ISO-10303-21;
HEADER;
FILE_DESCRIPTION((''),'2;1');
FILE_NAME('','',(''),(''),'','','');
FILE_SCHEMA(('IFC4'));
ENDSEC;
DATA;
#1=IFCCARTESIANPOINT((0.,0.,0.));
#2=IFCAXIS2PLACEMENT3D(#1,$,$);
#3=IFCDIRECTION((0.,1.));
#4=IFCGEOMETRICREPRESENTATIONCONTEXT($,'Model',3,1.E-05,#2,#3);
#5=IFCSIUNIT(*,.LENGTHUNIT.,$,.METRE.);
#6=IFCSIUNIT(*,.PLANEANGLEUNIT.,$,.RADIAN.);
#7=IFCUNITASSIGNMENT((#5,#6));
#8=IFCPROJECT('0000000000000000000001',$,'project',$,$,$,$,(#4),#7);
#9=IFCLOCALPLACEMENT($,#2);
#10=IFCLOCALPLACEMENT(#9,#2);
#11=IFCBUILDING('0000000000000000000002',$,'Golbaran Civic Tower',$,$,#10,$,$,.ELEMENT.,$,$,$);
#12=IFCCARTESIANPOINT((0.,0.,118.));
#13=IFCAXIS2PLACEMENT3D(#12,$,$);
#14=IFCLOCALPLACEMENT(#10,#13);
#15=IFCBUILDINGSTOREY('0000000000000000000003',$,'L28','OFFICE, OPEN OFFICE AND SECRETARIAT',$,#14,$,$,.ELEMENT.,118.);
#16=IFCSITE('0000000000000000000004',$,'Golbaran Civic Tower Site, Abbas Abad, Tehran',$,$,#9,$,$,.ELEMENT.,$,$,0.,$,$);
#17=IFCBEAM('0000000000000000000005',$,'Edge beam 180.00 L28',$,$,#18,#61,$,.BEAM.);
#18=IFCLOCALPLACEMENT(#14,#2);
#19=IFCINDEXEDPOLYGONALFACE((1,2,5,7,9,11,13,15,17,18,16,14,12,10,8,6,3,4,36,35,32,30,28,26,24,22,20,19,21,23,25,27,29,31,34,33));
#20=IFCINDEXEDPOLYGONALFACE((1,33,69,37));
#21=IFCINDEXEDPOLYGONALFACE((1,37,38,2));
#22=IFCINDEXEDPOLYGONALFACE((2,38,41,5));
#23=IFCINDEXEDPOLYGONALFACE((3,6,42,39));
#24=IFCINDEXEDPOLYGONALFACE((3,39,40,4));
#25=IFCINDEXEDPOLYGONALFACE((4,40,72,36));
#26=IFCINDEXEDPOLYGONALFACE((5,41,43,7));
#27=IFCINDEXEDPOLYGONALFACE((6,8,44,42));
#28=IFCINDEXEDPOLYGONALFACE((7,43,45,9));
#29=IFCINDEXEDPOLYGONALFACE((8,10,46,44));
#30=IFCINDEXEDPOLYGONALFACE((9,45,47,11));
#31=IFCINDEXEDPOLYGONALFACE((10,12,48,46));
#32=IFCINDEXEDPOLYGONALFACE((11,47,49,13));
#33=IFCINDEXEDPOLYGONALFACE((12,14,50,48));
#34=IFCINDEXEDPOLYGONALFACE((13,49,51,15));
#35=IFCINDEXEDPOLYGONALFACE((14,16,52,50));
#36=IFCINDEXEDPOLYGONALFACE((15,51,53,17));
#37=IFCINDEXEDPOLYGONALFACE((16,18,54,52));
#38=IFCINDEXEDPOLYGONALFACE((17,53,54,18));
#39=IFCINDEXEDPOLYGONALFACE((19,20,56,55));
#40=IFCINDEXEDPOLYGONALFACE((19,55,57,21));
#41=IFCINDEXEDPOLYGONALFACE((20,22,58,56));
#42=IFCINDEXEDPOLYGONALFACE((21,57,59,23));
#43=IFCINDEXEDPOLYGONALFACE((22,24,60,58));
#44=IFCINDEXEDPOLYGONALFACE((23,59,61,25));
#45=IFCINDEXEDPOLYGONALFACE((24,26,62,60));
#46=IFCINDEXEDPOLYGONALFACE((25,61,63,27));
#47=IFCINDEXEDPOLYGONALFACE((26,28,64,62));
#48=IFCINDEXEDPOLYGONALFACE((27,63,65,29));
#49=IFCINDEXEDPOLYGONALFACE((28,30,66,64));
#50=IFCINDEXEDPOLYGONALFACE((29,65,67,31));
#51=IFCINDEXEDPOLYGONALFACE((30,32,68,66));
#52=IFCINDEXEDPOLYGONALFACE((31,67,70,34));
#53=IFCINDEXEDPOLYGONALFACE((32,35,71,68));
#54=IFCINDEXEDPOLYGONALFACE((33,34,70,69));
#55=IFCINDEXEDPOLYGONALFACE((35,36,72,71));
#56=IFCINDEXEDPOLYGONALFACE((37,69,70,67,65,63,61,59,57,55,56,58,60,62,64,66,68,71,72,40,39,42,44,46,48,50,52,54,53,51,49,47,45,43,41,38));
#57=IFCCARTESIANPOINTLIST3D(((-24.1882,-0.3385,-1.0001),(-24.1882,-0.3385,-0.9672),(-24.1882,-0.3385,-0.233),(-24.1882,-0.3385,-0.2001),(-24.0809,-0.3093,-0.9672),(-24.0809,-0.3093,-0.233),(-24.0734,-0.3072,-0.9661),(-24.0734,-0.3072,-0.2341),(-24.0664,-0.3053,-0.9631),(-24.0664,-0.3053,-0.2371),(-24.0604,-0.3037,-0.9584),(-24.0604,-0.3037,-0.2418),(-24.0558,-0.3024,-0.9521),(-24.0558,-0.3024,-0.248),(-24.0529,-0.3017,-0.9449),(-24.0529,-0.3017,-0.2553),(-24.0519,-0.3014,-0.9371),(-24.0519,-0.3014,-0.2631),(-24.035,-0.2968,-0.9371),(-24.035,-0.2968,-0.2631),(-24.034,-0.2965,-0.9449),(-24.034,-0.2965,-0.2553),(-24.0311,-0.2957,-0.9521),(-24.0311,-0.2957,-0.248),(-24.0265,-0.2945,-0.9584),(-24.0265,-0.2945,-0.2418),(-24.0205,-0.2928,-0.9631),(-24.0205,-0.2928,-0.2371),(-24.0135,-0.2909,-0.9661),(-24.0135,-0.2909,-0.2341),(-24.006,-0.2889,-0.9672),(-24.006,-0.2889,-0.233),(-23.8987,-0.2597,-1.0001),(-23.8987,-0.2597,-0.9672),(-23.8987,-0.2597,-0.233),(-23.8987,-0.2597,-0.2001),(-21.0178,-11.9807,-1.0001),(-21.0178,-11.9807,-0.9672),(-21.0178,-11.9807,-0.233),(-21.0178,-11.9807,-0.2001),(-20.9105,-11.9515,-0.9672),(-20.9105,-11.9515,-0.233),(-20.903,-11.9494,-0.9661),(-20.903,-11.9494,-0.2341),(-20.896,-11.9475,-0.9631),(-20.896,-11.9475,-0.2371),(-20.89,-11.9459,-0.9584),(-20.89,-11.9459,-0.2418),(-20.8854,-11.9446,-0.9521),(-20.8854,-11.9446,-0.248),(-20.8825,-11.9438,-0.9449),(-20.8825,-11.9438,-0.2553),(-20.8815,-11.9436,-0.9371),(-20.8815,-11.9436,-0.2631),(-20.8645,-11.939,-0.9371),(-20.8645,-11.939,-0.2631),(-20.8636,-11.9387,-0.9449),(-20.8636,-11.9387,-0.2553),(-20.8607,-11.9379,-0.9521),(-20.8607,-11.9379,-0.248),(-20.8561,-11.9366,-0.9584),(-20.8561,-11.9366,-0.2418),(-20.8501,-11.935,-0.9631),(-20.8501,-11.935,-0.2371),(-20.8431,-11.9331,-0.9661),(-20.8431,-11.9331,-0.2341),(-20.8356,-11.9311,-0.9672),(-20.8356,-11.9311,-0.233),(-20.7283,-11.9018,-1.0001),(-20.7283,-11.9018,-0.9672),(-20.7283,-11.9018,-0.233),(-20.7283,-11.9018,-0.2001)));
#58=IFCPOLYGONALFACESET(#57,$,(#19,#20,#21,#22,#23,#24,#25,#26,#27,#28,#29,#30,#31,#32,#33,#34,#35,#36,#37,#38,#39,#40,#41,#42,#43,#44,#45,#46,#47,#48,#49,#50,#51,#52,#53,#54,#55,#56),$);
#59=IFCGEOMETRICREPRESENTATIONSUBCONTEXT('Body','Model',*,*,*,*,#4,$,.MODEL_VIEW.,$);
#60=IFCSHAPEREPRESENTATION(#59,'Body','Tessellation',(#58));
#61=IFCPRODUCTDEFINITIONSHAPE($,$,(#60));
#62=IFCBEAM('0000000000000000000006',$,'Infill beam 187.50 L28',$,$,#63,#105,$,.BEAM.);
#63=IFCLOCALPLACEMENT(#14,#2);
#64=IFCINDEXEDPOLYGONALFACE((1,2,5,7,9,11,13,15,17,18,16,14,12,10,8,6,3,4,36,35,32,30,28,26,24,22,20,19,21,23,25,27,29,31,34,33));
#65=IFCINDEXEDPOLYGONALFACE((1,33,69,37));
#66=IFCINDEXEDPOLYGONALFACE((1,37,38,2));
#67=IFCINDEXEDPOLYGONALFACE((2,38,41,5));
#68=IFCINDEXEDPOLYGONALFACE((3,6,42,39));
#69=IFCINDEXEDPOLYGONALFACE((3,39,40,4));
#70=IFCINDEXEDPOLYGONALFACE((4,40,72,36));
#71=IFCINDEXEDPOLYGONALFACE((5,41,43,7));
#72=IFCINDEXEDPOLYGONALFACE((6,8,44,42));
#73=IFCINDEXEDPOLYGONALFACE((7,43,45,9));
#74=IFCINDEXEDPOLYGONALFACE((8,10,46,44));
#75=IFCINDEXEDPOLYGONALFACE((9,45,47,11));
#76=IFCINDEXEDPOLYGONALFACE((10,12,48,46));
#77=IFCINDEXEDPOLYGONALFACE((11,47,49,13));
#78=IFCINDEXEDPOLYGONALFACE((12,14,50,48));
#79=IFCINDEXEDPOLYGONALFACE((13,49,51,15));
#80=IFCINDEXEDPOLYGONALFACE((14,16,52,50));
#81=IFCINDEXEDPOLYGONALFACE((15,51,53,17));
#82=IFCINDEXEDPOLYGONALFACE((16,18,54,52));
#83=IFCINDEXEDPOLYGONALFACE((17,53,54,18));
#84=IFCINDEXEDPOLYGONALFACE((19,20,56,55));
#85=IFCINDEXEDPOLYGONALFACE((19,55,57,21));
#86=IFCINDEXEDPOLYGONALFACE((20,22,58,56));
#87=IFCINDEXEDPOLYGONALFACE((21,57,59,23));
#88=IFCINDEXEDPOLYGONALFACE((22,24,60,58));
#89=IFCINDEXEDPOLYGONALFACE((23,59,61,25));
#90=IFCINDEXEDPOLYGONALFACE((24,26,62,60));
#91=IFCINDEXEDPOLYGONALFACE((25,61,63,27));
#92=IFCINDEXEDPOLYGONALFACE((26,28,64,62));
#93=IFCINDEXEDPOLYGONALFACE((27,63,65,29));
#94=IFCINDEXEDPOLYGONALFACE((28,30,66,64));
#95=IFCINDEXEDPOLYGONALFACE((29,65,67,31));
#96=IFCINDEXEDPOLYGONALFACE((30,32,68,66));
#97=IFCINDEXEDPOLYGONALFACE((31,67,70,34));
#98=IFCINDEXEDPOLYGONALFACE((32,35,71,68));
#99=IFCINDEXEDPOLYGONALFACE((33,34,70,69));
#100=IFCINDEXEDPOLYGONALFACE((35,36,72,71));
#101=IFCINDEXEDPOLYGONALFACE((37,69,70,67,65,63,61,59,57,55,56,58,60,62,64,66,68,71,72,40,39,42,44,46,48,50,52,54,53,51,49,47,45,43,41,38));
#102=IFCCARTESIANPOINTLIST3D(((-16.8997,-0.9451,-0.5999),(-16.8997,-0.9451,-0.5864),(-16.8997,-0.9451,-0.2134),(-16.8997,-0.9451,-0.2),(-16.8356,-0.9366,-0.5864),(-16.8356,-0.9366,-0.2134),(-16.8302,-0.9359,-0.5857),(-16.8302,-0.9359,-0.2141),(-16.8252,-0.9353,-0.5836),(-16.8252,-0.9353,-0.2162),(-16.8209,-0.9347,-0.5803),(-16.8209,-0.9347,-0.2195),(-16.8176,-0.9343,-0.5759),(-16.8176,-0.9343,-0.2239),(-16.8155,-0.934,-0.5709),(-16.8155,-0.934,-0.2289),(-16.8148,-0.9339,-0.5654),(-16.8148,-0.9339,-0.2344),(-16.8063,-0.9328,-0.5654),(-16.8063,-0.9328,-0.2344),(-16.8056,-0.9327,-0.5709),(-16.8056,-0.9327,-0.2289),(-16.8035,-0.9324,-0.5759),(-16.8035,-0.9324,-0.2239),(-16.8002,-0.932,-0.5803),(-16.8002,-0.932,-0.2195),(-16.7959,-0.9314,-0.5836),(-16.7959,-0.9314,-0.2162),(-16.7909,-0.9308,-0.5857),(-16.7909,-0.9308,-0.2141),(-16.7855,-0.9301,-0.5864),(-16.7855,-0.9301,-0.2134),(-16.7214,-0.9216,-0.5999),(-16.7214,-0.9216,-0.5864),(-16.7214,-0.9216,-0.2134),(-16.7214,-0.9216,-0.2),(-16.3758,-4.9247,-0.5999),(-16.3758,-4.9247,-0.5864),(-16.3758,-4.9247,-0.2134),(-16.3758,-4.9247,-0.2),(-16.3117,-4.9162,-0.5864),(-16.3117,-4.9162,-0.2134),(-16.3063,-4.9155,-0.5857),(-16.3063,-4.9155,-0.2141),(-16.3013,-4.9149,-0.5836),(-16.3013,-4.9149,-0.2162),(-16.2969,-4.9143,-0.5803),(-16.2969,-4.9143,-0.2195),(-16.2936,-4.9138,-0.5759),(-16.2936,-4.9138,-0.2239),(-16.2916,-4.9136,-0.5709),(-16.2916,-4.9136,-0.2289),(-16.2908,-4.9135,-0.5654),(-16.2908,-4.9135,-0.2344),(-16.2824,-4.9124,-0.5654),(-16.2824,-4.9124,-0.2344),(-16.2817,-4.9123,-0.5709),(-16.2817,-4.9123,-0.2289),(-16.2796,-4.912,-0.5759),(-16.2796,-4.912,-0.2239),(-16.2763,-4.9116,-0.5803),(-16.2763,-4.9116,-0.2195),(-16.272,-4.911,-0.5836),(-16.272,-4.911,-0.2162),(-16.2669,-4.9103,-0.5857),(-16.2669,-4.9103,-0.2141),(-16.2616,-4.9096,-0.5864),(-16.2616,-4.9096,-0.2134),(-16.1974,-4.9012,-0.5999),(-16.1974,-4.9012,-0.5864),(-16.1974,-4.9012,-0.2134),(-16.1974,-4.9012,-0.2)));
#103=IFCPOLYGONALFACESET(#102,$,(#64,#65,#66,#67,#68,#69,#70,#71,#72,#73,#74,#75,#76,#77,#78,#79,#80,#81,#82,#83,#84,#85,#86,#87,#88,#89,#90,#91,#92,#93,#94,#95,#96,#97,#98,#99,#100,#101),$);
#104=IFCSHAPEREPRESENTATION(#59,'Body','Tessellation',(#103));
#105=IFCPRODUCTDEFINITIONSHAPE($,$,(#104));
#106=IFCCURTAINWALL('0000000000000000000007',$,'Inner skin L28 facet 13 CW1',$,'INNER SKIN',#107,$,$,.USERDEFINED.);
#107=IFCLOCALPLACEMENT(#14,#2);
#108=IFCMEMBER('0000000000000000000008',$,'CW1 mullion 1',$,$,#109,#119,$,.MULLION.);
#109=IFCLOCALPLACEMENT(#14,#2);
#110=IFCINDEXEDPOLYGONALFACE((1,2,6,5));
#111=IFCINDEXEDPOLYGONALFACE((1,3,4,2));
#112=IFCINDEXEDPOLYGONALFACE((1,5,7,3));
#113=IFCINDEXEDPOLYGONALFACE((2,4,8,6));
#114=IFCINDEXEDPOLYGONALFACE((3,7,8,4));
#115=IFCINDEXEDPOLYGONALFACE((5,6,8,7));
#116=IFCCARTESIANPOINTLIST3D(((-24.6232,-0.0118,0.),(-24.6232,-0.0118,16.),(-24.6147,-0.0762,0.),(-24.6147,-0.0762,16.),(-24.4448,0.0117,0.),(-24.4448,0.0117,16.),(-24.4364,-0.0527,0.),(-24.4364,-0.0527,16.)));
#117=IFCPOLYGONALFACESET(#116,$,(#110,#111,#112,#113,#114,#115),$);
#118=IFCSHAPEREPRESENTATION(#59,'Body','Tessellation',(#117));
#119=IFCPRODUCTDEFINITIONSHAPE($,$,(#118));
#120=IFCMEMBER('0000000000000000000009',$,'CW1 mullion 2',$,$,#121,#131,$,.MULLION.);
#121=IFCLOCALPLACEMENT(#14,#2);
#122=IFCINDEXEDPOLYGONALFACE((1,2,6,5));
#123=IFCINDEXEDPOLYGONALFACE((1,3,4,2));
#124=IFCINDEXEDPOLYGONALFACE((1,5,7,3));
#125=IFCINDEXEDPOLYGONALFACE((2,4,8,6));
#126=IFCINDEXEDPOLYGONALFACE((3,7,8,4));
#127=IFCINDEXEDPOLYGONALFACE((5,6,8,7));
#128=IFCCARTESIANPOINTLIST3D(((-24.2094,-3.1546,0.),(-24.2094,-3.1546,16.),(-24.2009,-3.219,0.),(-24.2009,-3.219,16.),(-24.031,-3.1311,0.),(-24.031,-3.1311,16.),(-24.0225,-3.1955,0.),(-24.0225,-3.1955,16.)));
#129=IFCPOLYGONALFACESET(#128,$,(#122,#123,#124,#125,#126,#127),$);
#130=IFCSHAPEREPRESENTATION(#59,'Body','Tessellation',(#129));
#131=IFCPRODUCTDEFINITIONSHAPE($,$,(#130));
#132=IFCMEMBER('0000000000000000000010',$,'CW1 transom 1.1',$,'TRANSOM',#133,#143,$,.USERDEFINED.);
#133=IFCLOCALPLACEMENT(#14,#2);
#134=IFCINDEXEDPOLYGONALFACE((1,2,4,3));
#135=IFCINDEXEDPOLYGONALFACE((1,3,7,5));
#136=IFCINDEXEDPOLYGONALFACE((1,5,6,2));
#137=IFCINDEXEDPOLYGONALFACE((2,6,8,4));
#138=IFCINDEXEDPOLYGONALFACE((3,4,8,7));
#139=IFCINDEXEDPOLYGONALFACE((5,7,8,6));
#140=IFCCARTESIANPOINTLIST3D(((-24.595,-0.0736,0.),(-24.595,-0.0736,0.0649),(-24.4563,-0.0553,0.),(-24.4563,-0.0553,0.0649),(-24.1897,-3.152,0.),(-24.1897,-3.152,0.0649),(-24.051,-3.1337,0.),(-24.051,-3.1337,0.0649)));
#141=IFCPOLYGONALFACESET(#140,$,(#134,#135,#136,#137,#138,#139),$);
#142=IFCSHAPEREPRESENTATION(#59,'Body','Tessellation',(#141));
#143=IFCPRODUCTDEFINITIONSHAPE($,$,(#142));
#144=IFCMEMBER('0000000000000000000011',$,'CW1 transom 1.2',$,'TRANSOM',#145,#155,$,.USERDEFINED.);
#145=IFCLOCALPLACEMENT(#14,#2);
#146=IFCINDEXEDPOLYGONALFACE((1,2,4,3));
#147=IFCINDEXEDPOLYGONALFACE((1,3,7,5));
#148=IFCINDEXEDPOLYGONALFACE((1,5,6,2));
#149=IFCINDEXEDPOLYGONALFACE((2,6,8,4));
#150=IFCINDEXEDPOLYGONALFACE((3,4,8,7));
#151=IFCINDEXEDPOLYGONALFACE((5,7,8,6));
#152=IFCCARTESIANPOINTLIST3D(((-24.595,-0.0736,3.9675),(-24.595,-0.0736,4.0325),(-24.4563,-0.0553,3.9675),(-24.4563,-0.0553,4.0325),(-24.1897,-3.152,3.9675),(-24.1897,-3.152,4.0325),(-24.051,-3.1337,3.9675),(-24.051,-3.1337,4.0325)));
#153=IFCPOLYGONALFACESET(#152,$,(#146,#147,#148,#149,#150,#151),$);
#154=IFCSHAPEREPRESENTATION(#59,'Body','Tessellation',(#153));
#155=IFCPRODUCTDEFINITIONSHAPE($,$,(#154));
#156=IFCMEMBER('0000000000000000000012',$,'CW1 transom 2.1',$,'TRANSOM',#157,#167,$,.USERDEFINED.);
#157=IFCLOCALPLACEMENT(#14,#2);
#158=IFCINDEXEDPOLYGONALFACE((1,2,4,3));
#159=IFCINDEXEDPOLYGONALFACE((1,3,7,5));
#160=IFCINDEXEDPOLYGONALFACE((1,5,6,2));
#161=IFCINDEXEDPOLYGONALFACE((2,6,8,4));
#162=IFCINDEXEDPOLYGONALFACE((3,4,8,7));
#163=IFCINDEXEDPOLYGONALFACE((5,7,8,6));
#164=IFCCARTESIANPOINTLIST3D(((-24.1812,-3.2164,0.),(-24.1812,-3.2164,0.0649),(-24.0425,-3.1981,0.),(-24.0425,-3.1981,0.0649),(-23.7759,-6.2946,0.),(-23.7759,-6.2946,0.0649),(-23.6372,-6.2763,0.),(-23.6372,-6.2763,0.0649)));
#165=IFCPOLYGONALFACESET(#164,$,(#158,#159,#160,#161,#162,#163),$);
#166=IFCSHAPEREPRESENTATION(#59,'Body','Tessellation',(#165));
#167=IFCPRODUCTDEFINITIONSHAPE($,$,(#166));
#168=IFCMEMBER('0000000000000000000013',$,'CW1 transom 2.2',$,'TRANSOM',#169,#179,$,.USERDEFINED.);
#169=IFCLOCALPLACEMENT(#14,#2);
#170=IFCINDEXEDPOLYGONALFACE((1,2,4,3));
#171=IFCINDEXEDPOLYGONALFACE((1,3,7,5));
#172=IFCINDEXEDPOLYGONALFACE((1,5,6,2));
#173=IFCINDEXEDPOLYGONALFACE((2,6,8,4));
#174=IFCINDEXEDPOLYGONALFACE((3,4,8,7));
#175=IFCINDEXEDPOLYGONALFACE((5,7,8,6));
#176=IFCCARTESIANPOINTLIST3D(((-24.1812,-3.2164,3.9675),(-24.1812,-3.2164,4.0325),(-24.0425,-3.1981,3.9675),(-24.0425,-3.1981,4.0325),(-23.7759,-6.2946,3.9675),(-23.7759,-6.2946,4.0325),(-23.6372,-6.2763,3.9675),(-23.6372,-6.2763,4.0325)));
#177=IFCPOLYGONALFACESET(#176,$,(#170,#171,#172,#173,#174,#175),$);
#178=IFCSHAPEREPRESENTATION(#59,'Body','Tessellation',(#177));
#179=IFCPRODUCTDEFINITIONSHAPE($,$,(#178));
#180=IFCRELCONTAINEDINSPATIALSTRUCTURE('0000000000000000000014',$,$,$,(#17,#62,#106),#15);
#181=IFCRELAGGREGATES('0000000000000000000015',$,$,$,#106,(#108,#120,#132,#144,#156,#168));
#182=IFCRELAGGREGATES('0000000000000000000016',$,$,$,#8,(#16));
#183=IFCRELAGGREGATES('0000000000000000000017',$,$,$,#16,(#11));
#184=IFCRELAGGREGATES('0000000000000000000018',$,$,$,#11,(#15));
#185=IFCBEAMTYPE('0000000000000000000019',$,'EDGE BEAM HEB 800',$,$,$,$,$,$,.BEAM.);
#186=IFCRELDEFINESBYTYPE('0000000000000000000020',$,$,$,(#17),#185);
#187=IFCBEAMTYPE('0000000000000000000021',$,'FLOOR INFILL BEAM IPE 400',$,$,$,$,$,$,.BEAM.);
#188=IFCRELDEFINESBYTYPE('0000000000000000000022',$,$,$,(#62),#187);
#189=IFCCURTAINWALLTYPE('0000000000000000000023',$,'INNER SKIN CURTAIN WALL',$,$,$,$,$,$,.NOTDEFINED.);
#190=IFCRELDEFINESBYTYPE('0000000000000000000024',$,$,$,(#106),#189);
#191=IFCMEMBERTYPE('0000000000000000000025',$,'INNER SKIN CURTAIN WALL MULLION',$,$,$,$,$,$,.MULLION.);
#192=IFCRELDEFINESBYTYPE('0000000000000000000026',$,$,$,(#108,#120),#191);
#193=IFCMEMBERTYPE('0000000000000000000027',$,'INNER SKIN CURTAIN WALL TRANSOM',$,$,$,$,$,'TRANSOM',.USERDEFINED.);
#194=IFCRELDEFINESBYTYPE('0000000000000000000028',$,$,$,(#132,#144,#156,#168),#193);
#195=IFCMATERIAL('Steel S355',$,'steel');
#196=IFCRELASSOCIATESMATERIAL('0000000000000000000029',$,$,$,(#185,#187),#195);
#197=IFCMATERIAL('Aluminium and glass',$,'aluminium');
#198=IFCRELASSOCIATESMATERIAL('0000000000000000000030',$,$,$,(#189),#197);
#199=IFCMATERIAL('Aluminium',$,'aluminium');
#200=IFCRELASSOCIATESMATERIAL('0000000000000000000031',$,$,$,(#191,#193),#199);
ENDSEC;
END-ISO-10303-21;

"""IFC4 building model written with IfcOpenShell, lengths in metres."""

from ifc_helpers import new_model, si_unit, direction, frame, origin, origin_2d, place, context, subcontext, project, spatial, rectangle, i_section, extrude, material, material_profile, profile_set, type_object, element, aggregate, save


model = new_model("IFC4")

# Units and contexts
model_context = context("Model", 3, precision=1e-05, world=origin(), true_north=direction((0.0, 1.0)))
body_context = subcontext(model_context, "Body", "Model", "MODEL_VIEW")
ifc_project = project(units=[si_unit("LENGTHUNIT", "METRE"), si_unit("PLANEANGLEUNIT", "RADIAN")], contexts=[model_context])

# Site, building, storey
site_placement = place(None, origin())
site = spatial("IfcSite", under=ifc_project, at=site_placement, Name="Golbaran Civic Tower Site, Abbas Abad, Tehran", CompositionType="ELEMENT", RefElevation=0.0)
building_placement = place(site_placement, origin())
building = spatial("IfcBuilding", under=site, at=building_placement, Name="Golbaran Civic Tower", CompositionType="ELEMENT")
storey_placement = place(building_placement, frame((0.0, 0.0, 118.0)))
storey = spatial("IfcBuildingStorey", under=building, at=storey_placement, Name="L28", Description="OFFICE, OPEN OFFICE AND SECRETARIAT", CompositionType="ELEMENT", Elevation=118.0)

# Beams
ifc_material_1 = material(Name="Steel S355", Category="steel")
ifc_material_profile_1 = material_profile(ifc_material_1, i_section(OverallWidth=0.3, OverallDepth=0.8, WebThickness=0.0176, FlangeThickness=0.033, FilletRadius=0.03, at=origin_2d()), Name="HEB 800")
ifc_profile_set_1 = profile_set([ifc_material_profile_1], Name="Steel S355")
beam_type_1 = type_object("IfcBeamType", Name="EDGE BEAM HEB 800", PredefinedType="BEAM", material=ifc_profile_set_1)
beam_1_placement = place(storey_placement, frame((-24.0435, -0.2991, -0.6001), z_axis=(0.262754, -0.964863, 0.0), x_axis=(0.964863, 0.262754, 0.0)))
element("IfcBeam", 1, at=beam_1_placement, inside=storey, type_object=beam_type_1, Name="Edge beam 180.00 L28", PredefinedType="BEAM", context=body_context, shape_type="SweptSolid", body=[
    extrude(i_section(OverallWidth=0.3, OverallDepth=0.8, WebThickness=0.0176, FlangeThickness=0.033, FilletRadius=0.03, at=origin_2d()), origin(), (0.0, 0.0, 1.0), 12.0662),
])
ifc_material_profile_2 = material_profile(ifc_material_1, i_section(OverallWidth=0.1799, OverallDepth=0.3999, WebThickness=0.0085, FlangeThickness=0.0134, FilletRadius=0.021, at=origin_2d()), Name="IPE 400")
ifc_profile_set_2 = profile_set([ifc_material_profile_2], Name="Steel S355")
beam_type_2 = type_object("IfcBeamType", Name="FLOOR INFILL BEAM IPE 400", PredefinedType="BEAM", material=ifc_profile_set_2)
beam_2_placement = place(storey_placement, frame((-16.8105, -0.9333, -0.3999), z_axis=(0.13053, -0.991444, 0.0), x_axis=(0.991444, 0.13053, 0.0)))
element("IfcBeam", 2, at=beam_2_placement, inside=storey, type_object=beam_type_2, Name="Infill beam 187.50 L28", PredefinedType="BEAM", context=body_context, shape_type="SweptSolid", body=[
    extrude(i_section(OverallWidth=0.1799, OverallDepth=0.3999, WebThickness=0.0085, FlangeThickness=0.0134, FilletRadius=0.021, at=origin_2d()), origin(), (0.0, 0.0, 1.0), 4.0139),
])

# Curtain wall, members
ifc_material_2 = material(Name="Aluminium and glass", Category="aluminium")
curtain_wall_type_1 = type_object("IfcCurtainWallType", Name="INNER SKIN CURTAIN WALL", PredefinedType="NOTDEFINED", material=ifc_material_2)
curtain_wall_1_placement = place(storey_placement, origin())
curtain_wall_1 = element("IfcCurtainWall", 3, at=curtain_wall_1_placement, inside=storey, type_object=curtain_wall_type_1, Name="Inner skin L28 facet 13 CW1", ObjectType="INNER SKIN", PredefinedType="USERDEFINED")
ifc_material_3 = material(Name="Aluminium", Category="aluminium")
ifc_material_profile_3 = material_profile(ifc_material_3, rectangle(XDim=0.1799, YDim=0.0649, at=origin_2d()), Name="INNER SKIN CURTAIN WALL MULLION")
ifc_profile_set_3 = profile_set([ifc_material_profile_3], Name="Aluminium")
member_type_1 = type_object("IfcMemberType", Name="INNER SKIN CURTAIN WALL MULLION", PredefinedType="MULLION", material=ifc_profile_set_3)
member_1_placement = place(storey_placement, frame((-24.5298, -0.0322, 0.0), z_axis=(0.0, 0.0, 1.0), x_axis=(0.991445, 0.130526, 0.0)))
member_1 = element("IfcMember", 4, at=member_1_placement, type_object=member_type_1, Name="CW1 mullion 1", PredefinedType="MULLION", context=body_context, shape_type="SweptSolid", body=[
    extrude(rectangle(XDim=0.1799, YDim=0.0649, at=origin_2d()), origin(), (0.0, 0.0, 1.0), 16.0),
])
member_2_placement = place(storey_placement, frame((-24.116, -3.175, 0.0), z_axis=(0.0, 0.0, 1.0), x_axis=(0.991445, 0.130526, 0.0)))
member_2 = element("IfcMember", 5, at=member_2_placement, type_object=member_type_1, Name="CW1 mullion 2", PredefinedType="MULLION", context=body_context, shape_type="SweptSolid", body=[
    extrude(rectangle(XDim=0.1799, YDim=0.0649, at=origin_2d()), origin(), (0.0, 0.0, 1.0), 16.0),
])
ifc_material_profile_4 = material_profile(ifc_material_3, rectangle(XDim=0.1399, YDim=0.0649, at=origin_2d()), Name="INNER SKIN CURTAIN WALL TRANSOM")
ifc_profile_set_4 = profile_set([ifc_material_profile_4], Name="Aluminium")
member_type_2 = type_object("IfcMemberType", Name="INNER SKIN CURTAIN WALL TRANSOM", ElementType="TRANSOM", PredefinedType="USERDEFINED", material=ifc_profile_set_4)
member_3_placement = place(storey_placement, frame((-24.5256, -0.0645, 0.0325), z_axis=(0.130526, -0.991445, 0.0), x_axis=(0.991445, 0.130526, 0.0)))
member_3 = element("IfcMember", 6, at=member_3_placement, type_object=member_type_2, Name="CW1 transom 1.1", ObjectType="TRANSOM", PredefinedType="USERDEFINED", context=body_context, shape_type="SweptSolid", body=[
    extrude(rectangle(XDim=0.1399, YDim=0.0649, at=origin_2d()), origin(), (0.0, 0.0, 1.0), 3.105),
])
member_4_placement = place(storey_placement, frame((-24.5256, -0.0645, 4.0), z_axis=(0.130526, -0.991445, 0.0), x_axis=(0.991445, 0.130526, 0.0)))
member_4 = element("IfcMember", 7, at=member_4_placement, type_object=member_type_2, Name="CW1 transom 1.2", ObjectType="TRANSOM", PredefinedType="USERDEFINED", context=body_context, shape_type="SweptSolid", body=[
    extrude(rectangle(XDim=0.1399, YDim=0.0649, at=origin_2d()), origin(), (0.0, 0.0, 1.0), 3.105),
])
member_5_placement = place(storey_placement, frame((-24.1118, -3.2073, 0.0325), z_axis=(0.130536, -0.991444, 0.0), x_axis=(0.991444, 0.130536, 0.0)))
member_5 = element("IfcMember", 8, at=member_5_placement, type_object=member_type_2, Name="CW1 transom 2.1", ObjectType="TRANSOM", PredefinedType="USERDEFINED", context=body_context, shape_type="SweptSolid", body=[
    extrude(rectangle(XDim=0.1399, YDim=0.0649, at=origin_2d()), origin(), (0.0, 0.0, 1.0), 3.1047),
])
member_6_placement = place(storey_placement, frame((-24.1118, -3.2073, 4.0), z_axis=(0.130536, -0.991444, 0.0), x_axis=(0.991444, 0.130536, 0.0)))
member_6 = element("IfcMember", 9, at=member_6_placement, type_object=member_type_2, Name="CW1 transom 2.2", ObjectType="TRANSOM", PredefinedType="USERDEFINED", context=body_context, shape_type="SweptSolid", body=[
    extrude(rectangle(XDim=0.1399, YDim=0.0649, at=origin_2d()), origin(), (0.0, 0.0, 1.0), 3.1047),
])

aggregate(curtain_wall_1, [member_1, member_2, member_3, member_4, member_5, member_6])

save(model, "model.ifc")
